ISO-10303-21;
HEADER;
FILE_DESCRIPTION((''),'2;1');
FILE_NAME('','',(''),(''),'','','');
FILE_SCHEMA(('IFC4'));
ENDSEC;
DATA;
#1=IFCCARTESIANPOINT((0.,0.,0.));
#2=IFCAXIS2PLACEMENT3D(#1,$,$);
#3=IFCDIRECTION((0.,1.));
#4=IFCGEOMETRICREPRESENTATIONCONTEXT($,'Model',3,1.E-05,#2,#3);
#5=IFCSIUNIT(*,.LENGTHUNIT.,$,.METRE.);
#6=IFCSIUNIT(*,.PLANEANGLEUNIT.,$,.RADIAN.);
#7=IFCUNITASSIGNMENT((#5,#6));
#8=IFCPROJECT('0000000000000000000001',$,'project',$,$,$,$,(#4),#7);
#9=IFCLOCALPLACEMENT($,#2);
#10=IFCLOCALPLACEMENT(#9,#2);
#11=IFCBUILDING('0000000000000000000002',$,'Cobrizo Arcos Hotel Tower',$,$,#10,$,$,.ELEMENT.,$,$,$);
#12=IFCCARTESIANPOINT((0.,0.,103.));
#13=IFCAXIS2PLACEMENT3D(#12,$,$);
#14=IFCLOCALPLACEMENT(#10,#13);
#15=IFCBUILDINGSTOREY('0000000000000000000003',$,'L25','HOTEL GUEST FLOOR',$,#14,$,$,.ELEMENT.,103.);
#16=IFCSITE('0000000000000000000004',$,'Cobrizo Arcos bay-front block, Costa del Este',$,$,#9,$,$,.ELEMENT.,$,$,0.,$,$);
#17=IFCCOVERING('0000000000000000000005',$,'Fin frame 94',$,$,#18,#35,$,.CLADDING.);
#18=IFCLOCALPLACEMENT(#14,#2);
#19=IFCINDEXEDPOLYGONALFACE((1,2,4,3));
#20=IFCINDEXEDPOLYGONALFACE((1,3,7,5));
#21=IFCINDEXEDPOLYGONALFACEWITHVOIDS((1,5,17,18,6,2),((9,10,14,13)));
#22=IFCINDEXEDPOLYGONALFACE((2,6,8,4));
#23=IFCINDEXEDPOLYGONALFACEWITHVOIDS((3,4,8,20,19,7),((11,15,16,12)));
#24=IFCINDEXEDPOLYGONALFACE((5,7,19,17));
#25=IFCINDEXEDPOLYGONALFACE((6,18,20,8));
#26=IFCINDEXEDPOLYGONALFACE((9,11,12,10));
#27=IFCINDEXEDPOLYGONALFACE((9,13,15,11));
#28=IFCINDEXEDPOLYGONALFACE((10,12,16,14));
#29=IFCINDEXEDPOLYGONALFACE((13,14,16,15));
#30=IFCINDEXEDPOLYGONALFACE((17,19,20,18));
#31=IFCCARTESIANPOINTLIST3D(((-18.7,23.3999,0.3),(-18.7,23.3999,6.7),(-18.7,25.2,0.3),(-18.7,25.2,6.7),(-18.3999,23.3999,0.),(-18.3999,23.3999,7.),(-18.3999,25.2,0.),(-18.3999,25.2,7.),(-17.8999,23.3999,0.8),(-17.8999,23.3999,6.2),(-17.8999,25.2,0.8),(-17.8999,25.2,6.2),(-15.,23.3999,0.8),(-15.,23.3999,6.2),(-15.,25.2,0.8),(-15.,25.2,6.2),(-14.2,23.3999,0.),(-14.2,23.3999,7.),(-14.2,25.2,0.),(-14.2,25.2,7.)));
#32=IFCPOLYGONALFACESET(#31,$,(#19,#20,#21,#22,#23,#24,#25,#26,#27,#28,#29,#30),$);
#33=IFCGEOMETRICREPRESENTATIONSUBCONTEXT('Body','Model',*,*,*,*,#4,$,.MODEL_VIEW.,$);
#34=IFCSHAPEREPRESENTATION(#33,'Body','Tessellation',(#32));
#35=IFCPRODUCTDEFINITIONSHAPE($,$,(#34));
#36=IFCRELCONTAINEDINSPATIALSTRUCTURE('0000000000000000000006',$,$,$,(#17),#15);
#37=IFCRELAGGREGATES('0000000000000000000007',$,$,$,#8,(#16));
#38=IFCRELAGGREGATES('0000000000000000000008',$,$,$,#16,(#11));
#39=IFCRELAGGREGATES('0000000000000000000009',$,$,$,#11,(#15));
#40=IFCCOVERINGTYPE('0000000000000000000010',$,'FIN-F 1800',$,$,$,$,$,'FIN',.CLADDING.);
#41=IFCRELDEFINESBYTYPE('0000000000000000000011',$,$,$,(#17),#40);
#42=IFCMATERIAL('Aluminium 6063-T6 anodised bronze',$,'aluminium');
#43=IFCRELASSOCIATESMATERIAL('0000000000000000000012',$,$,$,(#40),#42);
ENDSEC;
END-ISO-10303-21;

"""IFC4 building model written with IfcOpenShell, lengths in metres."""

from ifc_helpers import new_model, si_unit, direction, frame, origin, place, context, subcontext, project, spatial, polyline, outline, extrude, material, type_object, element, save


model = new_model("IFC4")

# Units and contexts
model_context = context("Model", 3, precision=1e-05, world=origin(), true_north=direction((0.0, 1.0)))
body_context = subcontext(model_context, "Body", "Model", "MODEL_VIEW")
ifc_project = project(units=[si_unit("LENGTHUNIT", "METRE"), si_unit("PLANEANGLEUNIT", "RADIAN")], contexts=[model_context])

# Site, building, storey
site_placement = place(None, origin())
site = spatial("IfcSite", under=ifc_project, at=site_placement, Name="Cobrizo Arcos bay-front block, Costa del Este", CompositionType="ELEMENT", RefElevation=0.0)
building_placement = place(site_placement, origin())
building = spatial("IfcBuilding", under=site, at=building_placement, Name="Cobrizo Arcos Hotel Tower", CompositionType="ELEMENT")
storey_placement = place(building_placement, frame((0.0, 0.0, 103.0)))
storey = spatial("IfcBuildingStorey", under=building, at=storey_placement, Name="L25", Description="HOTEL GUEST FLOOR", CompositionType="ELEMENT", Elevation=103.0)

# Shared definitions
ifc_material_1 = material(Name="Aluminium 6063-T6 anodised bronze", Category="aluminium")

# Covering
covering_type_1 = type_object("IfcCoveringType", Name="FIN-F 1800", ElementType="FIN", PredefinedType="CLADDING", material=ifc_material_1)
covering_1_placement = place(storey_placement, frame((-14.2, 23.3999, 0.0), z_axis=(0.0, 1.0, 0.0), x_axis=(-1.0, 0.0, 0.0)))
element("IfcCovering", 1, at=covering_1_placement, inside=storey, type_object=covering_type_1, Name="Fin frame 94", PredefinedType="CLADDING", context=body_context, shape_type="SweptSolid", body=[
    extrude(outline(polyline([(0.0, 7.0), (0.0, 0.0), (4.2, 0.0), (4.5, 0.3), (4.5, 6.7), (4.2, 7.0), (0.0, 7.0)]), holes=[polyline([(3.7, 0.8), (0.8, 0.8), (0.8, 6.2), (3.7, 6.2), (3.7, 0.8)])]), origin(), (0.0, 0.0, 1.0), 1.8),
])

save(model, "model.ifc")
